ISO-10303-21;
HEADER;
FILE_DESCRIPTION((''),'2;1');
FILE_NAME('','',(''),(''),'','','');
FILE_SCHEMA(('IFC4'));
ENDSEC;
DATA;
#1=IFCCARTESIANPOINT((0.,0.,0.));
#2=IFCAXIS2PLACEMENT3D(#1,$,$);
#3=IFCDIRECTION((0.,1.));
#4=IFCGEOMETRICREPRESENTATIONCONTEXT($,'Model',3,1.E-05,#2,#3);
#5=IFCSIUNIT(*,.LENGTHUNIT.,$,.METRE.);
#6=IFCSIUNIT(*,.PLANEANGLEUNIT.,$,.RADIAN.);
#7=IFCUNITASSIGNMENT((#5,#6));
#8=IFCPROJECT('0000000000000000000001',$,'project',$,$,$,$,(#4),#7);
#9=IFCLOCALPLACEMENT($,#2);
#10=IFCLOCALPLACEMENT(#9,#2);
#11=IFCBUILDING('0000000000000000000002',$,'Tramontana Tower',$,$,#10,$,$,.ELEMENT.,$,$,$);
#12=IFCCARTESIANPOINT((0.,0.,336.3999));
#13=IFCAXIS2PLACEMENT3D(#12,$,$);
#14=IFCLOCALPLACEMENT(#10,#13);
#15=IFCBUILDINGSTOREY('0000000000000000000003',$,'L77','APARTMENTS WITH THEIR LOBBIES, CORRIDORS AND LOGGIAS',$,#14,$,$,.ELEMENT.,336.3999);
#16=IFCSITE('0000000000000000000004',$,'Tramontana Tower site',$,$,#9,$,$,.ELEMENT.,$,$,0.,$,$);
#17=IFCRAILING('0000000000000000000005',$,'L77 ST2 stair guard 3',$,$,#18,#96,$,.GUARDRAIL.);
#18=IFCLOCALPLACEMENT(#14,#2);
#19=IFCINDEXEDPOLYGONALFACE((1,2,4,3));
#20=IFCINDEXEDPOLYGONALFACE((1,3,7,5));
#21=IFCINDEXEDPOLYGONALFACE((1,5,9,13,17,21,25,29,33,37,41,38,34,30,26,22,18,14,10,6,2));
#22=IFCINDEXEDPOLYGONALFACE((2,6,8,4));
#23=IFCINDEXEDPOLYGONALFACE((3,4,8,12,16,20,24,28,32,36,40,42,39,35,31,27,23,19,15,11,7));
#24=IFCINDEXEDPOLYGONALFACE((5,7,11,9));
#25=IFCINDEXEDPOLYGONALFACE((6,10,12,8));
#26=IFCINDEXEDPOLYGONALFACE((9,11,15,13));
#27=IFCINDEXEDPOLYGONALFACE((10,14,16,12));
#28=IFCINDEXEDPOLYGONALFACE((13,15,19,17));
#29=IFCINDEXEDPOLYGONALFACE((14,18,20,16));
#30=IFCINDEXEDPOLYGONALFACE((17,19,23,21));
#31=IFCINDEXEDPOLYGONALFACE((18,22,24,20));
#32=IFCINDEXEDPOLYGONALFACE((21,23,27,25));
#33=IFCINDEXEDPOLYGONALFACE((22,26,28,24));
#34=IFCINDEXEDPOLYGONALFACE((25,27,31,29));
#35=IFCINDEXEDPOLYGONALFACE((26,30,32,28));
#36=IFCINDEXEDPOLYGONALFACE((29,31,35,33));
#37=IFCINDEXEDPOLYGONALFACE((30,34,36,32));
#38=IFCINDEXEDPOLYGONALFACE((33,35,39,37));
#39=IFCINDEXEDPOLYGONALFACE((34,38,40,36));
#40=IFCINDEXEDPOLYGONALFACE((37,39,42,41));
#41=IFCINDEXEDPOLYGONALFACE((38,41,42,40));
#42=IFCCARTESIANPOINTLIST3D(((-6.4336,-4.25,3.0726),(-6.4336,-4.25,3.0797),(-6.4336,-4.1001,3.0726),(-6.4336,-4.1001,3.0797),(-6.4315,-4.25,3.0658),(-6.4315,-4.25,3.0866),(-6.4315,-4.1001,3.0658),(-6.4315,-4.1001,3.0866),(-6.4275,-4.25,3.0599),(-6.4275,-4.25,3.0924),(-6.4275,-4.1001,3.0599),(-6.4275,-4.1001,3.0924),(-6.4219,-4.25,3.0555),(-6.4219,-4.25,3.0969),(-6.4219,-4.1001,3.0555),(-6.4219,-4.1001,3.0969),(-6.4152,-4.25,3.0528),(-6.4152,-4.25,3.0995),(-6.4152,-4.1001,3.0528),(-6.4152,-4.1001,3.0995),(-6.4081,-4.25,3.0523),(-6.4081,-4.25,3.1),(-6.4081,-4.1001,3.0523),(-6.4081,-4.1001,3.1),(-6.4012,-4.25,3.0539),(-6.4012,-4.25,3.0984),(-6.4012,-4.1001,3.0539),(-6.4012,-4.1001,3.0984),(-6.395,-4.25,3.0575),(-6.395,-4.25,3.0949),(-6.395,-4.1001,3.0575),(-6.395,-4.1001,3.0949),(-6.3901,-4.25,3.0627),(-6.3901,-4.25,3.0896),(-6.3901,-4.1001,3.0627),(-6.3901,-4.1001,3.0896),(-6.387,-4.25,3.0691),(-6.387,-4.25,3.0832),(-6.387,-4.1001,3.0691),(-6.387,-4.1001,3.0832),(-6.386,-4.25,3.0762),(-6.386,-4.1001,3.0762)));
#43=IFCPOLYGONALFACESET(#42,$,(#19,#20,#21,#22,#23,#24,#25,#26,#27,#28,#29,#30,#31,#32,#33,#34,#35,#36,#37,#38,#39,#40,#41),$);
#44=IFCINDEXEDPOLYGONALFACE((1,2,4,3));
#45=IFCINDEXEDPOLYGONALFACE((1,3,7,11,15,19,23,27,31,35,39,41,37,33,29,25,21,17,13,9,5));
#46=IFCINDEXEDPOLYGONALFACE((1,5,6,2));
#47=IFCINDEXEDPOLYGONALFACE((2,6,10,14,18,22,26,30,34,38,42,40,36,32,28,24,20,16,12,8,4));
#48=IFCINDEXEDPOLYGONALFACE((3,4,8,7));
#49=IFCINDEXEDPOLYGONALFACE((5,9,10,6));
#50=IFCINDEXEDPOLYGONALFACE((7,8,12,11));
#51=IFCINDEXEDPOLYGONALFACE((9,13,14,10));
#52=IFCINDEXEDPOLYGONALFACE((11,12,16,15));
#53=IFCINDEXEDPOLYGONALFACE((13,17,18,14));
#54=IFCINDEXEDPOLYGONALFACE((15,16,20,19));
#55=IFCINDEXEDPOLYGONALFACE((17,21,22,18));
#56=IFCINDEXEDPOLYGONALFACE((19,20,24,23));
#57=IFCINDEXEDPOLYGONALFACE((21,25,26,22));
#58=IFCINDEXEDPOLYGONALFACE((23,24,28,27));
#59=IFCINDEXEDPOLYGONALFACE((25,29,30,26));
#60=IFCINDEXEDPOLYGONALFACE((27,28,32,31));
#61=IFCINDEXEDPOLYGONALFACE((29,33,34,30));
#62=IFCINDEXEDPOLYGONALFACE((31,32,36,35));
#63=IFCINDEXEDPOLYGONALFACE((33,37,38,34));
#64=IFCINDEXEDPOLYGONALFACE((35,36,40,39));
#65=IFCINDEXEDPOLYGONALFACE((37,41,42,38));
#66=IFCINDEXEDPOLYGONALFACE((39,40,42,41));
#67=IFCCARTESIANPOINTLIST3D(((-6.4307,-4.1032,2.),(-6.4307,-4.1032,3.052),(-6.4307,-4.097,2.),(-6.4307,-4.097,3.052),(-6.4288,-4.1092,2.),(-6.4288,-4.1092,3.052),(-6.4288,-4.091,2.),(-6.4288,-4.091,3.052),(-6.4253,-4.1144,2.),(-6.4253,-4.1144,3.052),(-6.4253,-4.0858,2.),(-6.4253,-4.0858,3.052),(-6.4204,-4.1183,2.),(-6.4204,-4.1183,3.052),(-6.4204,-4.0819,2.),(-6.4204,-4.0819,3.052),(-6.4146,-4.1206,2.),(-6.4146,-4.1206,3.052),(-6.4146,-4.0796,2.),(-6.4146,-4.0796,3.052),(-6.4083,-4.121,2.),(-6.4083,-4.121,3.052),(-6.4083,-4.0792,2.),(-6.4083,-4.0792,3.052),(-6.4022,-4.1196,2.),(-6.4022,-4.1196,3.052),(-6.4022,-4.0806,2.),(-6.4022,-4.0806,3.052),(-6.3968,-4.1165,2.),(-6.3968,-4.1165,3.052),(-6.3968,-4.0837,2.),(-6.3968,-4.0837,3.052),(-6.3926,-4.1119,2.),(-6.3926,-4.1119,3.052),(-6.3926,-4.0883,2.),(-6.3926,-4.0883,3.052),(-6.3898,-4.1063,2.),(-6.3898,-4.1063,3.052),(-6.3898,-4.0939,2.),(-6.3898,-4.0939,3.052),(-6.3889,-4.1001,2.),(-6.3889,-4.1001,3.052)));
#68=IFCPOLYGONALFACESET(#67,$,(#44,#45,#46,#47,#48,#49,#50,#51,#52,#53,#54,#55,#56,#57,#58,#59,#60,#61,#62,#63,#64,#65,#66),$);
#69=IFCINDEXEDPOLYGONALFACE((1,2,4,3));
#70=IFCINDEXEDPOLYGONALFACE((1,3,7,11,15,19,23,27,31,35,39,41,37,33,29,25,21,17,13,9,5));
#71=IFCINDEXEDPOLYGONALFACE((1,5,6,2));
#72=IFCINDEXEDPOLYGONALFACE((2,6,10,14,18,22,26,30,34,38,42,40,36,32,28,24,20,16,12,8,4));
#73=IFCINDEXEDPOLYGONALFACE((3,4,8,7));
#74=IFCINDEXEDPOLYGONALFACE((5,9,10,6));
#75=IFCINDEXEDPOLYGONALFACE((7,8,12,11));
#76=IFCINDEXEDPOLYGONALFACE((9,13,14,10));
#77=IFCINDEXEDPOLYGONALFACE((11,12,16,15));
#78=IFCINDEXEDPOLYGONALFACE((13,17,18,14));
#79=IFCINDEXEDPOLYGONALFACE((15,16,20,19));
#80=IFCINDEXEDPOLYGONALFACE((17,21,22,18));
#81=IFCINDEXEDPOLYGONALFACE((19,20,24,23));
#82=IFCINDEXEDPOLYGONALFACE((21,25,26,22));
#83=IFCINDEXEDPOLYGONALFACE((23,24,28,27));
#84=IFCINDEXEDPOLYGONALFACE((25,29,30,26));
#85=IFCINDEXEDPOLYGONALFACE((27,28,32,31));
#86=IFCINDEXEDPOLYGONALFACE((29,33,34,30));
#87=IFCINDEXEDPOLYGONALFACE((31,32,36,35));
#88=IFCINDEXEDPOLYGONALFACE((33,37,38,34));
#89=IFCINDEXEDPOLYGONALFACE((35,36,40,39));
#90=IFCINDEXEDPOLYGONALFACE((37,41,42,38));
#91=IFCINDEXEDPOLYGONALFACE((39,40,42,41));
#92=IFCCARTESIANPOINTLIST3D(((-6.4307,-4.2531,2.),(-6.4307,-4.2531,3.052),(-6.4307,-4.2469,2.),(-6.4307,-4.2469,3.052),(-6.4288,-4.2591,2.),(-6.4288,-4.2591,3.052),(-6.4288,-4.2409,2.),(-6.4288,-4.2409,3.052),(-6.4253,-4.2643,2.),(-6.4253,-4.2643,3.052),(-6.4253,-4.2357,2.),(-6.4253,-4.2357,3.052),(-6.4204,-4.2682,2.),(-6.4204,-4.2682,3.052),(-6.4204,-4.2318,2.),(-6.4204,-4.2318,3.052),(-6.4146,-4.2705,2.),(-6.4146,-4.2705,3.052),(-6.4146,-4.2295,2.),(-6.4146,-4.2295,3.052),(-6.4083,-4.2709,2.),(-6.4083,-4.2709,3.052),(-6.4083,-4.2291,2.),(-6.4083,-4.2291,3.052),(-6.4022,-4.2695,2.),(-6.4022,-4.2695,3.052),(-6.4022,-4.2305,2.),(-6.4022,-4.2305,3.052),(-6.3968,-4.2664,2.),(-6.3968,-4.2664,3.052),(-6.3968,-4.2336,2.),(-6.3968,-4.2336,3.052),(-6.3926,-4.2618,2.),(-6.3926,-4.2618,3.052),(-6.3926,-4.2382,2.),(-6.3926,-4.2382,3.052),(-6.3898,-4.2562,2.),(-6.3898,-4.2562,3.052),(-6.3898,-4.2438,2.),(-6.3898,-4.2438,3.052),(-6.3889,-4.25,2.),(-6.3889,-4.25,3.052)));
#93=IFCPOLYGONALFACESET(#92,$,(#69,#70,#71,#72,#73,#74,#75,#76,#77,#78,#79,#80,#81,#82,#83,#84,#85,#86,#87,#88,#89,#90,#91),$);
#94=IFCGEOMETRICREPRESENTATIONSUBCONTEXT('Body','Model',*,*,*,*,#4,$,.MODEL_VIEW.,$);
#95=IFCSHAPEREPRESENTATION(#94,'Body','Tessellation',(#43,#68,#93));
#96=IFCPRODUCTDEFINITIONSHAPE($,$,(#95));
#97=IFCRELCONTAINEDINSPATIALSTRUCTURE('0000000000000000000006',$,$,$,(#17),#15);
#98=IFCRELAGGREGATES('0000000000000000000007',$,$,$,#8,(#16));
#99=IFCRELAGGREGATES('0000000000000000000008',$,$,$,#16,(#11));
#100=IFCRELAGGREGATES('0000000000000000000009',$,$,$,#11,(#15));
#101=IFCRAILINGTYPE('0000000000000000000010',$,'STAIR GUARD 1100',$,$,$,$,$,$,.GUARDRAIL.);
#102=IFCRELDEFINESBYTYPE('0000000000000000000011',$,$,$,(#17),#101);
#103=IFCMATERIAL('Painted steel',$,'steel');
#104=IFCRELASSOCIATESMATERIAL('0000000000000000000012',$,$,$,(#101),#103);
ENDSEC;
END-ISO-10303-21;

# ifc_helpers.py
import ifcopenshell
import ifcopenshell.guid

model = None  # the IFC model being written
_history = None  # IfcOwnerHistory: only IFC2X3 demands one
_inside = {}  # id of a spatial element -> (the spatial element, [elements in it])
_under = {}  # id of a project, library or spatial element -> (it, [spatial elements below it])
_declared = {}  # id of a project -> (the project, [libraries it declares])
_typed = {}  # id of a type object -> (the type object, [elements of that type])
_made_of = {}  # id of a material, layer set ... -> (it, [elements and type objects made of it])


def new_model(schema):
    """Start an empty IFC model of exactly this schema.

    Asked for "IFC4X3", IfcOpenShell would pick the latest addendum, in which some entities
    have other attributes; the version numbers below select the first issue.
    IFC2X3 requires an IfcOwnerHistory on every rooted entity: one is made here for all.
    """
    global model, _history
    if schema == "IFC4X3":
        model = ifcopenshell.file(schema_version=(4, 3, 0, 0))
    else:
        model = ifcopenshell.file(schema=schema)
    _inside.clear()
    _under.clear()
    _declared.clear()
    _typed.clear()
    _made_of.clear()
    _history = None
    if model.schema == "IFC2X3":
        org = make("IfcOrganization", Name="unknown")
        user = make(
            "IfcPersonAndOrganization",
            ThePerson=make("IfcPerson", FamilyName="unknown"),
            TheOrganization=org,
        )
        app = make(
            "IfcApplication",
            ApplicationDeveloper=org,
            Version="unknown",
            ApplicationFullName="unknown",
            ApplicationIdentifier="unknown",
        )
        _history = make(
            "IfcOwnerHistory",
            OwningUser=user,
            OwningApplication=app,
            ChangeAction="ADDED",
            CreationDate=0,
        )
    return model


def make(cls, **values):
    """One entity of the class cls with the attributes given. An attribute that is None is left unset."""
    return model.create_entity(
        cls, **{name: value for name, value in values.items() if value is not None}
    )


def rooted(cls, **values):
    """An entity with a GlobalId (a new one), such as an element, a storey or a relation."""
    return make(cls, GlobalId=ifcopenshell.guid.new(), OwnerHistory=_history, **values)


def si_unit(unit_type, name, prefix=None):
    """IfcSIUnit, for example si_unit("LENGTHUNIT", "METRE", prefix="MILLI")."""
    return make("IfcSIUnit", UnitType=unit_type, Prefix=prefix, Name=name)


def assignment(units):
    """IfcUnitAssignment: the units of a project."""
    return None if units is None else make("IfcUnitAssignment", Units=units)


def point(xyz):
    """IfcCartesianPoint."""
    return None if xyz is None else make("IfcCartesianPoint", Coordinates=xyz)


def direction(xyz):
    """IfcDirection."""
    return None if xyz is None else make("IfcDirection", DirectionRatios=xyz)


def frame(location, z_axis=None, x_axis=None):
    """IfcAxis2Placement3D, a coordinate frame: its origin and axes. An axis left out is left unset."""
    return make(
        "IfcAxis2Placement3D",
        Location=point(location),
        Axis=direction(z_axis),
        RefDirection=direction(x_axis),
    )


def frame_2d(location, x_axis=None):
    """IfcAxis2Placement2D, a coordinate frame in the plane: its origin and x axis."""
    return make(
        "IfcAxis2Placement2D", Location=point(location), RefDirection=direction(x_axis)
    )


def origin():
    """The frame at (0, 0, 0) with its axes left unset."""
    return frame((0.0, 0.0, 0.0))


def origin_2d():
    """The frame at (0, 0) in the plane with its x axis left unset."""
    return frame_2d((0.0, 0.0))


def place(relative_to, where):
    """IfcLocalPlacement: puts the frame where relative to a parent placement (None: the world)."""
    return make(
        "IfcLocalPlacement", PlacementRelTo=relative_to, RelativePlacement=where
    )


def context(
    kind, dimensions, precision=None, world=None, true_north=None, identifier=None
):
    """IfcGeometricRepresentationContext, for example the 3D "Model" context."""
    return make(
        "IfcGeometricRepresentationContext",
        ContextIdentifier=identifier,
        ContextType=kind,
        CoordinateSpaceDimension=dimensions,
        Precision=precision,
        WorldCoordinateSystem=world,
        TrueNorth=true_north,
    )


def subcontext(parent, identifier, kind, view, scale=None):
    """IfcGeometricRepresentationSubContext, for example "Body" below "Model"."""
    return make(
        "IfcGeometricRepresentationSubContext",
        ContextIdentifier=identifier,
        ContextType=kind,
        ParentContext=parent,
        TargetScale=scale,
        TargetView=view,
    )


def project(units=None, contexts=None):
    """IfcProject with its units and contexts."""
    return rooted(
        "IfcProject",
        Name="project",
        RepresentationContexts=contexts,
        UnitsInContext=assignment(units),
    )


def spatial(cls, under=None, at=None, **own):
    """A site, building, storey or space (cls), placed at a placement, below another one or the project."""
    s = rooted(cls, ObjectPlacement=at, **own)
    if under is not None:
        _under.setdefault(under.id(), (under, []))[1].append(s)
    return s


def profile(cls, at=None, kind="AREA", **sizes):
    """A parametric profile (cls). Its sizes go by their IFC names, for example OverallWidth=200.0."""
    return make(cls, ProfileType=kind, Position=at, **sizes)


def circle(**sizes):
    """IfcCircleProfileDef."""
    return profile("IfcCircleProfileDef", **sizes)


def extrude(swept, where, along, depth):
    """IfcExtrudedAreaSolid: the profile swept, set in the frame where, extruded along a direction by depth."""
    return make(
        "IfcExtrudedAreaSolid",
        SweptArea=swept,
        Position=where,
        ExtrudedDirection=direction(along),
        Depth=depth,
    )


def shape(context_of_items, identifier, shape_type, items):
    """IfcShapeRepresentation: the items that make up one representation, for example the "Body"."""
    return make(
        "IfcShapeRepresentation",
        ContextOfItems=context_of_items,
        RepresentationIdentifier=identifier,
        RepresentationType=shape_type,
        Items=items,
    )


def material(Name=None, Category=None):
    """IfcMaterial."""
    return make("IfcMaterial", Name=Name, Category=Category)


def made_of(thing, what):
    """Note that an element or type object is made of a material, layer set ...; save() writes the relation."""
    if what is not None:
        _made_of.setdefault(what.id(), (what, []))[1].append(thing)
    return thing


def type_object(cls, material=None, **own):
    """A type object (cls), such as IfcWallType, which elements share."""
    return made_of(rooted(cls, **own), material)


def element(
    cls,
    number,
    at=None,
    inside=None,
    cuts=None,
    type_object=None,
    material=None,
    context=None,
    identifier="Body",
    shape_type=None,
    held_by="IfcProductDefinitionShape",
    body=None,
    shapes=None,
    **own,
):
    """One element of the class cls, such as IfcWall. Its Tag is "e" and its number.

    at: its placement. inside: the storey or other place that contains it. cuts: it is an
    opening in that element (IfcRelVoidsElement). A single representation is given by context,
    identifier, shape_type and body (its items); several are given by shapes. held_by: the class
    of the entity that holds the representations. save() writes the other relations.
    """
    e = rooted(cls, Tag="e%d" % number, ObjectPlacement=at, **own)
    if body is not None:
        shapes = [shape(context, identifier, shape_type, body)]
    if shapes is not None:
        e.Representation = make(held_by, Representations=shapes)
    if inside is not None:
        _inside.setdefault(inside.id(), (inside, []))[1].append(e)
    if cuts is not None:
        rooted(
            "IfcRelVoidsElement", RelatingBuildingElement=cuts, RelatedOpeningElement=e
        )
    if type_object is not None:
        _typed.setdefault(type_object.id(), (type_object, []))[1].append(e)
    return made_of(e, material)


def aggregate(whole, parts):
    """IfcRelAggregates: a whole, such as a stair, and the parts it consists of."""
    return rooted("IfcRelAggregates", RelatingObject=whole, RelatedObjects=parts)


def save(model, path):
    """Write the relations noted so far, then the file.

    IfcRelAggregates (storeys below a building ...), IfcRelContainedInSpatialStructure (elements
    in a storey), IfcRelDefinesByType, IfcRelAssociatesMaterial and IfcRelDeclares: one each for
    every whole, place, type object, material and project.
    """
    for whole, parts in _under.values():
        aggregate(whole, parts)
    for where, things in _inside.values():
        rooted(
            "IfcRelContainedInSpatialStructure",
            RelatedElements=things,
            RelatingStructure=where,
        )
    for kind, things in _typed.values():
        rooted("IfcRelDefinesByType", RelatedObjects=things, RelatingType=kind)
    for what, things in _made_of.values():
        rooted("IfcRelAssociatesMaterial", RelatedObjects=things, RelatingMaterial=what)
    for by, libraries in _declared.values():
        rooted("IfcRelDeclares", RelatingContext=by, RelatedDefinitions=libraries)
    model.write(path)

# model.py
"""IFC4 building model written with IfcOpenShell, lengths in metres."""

from ifc_helpers import new_model, si_unit, direction, frame, origin, origin_2d, place, context, subcontext, project, spatial, circle, extrude, material, type_object, element, save


model = new_model("IFC4")

# Units and contexts
model_context = context("Model", 3, precision=1e-05, world=origin(), true_north=direction((0.0, 1.0)))
body_context = subcontext(model_context, "Body", "Model", "MODEL_VIEW")
ifc_project = project(units=[si_unit("LENGTHUNIT", "METRE"), si_unit("PLANEANGLEUNIT", "RADIAN")], contexts=[model_context])

# Site, building, storey
site_placement = place(None, origin())
site = spatial("IfcSite", under=ifc_project, at=site_placement, Name="Tramontana Tower site", CompositionType="ELEMENT", RefElevation=0.0)
building_placement = place(site_placement, origin())
building = spatial("IfcBuilding", under=site, at=building_placement, Name="Tramontana Tower", CompositionType="ELEMENT")
storey_placement = place(building_placement, frame((0.0, 0.0, 336.3999)))
storey = spatial("IfcBuildingStorey", under=building, at=storey_placement, Name="L77", Description="APARTMENTS WITH THEIR LOBBIES, CORRIDORS AND LOGGIAS", CompositionType="ELEMENT", Elevation=336.3999)

# Railing
ifc_material_1 = material(Name="Painted steel", Category="steel")
railing_type_1 = type_object("IfcRailingType", Name="STAIR GUARD 1100", PredefinedType="GUARDRAIL", material=ifc_material_1)
railing_1_placement = place(storey_placement, frame((-6.4099, -4.1001, 2.0)))
element("IfcRailing", 1, at=railing_1_placement, inside=storey, type_object=railing_type_1, Name="L77 ST2 stair guard 3", PredefinedType="GUARDRAIL", context=body_context, shape_type="SweptSolid", body=[
    extrude(circle(Radius=0.0239, at=origin_2d()), frame((0.0, 0.0, 1.0762), z_axis=(0.0, -1.0, 0.0), x_axis=(1.0, 0.0, 0.0)), (0.0, 0.0, 1.0), 0.1499),
    extrude(circle(Radius=0.021, at=origin_2d()), origin(), (0.0, 0.0, 1.0), 1.052),
    extrude(circle(Radius=0.021, at=origin_2d()), frame((0.0, -0.1499, 0.0)), (0.0, 0.0, 1.0), 1.052),
])

save(model, "model.ifc")
